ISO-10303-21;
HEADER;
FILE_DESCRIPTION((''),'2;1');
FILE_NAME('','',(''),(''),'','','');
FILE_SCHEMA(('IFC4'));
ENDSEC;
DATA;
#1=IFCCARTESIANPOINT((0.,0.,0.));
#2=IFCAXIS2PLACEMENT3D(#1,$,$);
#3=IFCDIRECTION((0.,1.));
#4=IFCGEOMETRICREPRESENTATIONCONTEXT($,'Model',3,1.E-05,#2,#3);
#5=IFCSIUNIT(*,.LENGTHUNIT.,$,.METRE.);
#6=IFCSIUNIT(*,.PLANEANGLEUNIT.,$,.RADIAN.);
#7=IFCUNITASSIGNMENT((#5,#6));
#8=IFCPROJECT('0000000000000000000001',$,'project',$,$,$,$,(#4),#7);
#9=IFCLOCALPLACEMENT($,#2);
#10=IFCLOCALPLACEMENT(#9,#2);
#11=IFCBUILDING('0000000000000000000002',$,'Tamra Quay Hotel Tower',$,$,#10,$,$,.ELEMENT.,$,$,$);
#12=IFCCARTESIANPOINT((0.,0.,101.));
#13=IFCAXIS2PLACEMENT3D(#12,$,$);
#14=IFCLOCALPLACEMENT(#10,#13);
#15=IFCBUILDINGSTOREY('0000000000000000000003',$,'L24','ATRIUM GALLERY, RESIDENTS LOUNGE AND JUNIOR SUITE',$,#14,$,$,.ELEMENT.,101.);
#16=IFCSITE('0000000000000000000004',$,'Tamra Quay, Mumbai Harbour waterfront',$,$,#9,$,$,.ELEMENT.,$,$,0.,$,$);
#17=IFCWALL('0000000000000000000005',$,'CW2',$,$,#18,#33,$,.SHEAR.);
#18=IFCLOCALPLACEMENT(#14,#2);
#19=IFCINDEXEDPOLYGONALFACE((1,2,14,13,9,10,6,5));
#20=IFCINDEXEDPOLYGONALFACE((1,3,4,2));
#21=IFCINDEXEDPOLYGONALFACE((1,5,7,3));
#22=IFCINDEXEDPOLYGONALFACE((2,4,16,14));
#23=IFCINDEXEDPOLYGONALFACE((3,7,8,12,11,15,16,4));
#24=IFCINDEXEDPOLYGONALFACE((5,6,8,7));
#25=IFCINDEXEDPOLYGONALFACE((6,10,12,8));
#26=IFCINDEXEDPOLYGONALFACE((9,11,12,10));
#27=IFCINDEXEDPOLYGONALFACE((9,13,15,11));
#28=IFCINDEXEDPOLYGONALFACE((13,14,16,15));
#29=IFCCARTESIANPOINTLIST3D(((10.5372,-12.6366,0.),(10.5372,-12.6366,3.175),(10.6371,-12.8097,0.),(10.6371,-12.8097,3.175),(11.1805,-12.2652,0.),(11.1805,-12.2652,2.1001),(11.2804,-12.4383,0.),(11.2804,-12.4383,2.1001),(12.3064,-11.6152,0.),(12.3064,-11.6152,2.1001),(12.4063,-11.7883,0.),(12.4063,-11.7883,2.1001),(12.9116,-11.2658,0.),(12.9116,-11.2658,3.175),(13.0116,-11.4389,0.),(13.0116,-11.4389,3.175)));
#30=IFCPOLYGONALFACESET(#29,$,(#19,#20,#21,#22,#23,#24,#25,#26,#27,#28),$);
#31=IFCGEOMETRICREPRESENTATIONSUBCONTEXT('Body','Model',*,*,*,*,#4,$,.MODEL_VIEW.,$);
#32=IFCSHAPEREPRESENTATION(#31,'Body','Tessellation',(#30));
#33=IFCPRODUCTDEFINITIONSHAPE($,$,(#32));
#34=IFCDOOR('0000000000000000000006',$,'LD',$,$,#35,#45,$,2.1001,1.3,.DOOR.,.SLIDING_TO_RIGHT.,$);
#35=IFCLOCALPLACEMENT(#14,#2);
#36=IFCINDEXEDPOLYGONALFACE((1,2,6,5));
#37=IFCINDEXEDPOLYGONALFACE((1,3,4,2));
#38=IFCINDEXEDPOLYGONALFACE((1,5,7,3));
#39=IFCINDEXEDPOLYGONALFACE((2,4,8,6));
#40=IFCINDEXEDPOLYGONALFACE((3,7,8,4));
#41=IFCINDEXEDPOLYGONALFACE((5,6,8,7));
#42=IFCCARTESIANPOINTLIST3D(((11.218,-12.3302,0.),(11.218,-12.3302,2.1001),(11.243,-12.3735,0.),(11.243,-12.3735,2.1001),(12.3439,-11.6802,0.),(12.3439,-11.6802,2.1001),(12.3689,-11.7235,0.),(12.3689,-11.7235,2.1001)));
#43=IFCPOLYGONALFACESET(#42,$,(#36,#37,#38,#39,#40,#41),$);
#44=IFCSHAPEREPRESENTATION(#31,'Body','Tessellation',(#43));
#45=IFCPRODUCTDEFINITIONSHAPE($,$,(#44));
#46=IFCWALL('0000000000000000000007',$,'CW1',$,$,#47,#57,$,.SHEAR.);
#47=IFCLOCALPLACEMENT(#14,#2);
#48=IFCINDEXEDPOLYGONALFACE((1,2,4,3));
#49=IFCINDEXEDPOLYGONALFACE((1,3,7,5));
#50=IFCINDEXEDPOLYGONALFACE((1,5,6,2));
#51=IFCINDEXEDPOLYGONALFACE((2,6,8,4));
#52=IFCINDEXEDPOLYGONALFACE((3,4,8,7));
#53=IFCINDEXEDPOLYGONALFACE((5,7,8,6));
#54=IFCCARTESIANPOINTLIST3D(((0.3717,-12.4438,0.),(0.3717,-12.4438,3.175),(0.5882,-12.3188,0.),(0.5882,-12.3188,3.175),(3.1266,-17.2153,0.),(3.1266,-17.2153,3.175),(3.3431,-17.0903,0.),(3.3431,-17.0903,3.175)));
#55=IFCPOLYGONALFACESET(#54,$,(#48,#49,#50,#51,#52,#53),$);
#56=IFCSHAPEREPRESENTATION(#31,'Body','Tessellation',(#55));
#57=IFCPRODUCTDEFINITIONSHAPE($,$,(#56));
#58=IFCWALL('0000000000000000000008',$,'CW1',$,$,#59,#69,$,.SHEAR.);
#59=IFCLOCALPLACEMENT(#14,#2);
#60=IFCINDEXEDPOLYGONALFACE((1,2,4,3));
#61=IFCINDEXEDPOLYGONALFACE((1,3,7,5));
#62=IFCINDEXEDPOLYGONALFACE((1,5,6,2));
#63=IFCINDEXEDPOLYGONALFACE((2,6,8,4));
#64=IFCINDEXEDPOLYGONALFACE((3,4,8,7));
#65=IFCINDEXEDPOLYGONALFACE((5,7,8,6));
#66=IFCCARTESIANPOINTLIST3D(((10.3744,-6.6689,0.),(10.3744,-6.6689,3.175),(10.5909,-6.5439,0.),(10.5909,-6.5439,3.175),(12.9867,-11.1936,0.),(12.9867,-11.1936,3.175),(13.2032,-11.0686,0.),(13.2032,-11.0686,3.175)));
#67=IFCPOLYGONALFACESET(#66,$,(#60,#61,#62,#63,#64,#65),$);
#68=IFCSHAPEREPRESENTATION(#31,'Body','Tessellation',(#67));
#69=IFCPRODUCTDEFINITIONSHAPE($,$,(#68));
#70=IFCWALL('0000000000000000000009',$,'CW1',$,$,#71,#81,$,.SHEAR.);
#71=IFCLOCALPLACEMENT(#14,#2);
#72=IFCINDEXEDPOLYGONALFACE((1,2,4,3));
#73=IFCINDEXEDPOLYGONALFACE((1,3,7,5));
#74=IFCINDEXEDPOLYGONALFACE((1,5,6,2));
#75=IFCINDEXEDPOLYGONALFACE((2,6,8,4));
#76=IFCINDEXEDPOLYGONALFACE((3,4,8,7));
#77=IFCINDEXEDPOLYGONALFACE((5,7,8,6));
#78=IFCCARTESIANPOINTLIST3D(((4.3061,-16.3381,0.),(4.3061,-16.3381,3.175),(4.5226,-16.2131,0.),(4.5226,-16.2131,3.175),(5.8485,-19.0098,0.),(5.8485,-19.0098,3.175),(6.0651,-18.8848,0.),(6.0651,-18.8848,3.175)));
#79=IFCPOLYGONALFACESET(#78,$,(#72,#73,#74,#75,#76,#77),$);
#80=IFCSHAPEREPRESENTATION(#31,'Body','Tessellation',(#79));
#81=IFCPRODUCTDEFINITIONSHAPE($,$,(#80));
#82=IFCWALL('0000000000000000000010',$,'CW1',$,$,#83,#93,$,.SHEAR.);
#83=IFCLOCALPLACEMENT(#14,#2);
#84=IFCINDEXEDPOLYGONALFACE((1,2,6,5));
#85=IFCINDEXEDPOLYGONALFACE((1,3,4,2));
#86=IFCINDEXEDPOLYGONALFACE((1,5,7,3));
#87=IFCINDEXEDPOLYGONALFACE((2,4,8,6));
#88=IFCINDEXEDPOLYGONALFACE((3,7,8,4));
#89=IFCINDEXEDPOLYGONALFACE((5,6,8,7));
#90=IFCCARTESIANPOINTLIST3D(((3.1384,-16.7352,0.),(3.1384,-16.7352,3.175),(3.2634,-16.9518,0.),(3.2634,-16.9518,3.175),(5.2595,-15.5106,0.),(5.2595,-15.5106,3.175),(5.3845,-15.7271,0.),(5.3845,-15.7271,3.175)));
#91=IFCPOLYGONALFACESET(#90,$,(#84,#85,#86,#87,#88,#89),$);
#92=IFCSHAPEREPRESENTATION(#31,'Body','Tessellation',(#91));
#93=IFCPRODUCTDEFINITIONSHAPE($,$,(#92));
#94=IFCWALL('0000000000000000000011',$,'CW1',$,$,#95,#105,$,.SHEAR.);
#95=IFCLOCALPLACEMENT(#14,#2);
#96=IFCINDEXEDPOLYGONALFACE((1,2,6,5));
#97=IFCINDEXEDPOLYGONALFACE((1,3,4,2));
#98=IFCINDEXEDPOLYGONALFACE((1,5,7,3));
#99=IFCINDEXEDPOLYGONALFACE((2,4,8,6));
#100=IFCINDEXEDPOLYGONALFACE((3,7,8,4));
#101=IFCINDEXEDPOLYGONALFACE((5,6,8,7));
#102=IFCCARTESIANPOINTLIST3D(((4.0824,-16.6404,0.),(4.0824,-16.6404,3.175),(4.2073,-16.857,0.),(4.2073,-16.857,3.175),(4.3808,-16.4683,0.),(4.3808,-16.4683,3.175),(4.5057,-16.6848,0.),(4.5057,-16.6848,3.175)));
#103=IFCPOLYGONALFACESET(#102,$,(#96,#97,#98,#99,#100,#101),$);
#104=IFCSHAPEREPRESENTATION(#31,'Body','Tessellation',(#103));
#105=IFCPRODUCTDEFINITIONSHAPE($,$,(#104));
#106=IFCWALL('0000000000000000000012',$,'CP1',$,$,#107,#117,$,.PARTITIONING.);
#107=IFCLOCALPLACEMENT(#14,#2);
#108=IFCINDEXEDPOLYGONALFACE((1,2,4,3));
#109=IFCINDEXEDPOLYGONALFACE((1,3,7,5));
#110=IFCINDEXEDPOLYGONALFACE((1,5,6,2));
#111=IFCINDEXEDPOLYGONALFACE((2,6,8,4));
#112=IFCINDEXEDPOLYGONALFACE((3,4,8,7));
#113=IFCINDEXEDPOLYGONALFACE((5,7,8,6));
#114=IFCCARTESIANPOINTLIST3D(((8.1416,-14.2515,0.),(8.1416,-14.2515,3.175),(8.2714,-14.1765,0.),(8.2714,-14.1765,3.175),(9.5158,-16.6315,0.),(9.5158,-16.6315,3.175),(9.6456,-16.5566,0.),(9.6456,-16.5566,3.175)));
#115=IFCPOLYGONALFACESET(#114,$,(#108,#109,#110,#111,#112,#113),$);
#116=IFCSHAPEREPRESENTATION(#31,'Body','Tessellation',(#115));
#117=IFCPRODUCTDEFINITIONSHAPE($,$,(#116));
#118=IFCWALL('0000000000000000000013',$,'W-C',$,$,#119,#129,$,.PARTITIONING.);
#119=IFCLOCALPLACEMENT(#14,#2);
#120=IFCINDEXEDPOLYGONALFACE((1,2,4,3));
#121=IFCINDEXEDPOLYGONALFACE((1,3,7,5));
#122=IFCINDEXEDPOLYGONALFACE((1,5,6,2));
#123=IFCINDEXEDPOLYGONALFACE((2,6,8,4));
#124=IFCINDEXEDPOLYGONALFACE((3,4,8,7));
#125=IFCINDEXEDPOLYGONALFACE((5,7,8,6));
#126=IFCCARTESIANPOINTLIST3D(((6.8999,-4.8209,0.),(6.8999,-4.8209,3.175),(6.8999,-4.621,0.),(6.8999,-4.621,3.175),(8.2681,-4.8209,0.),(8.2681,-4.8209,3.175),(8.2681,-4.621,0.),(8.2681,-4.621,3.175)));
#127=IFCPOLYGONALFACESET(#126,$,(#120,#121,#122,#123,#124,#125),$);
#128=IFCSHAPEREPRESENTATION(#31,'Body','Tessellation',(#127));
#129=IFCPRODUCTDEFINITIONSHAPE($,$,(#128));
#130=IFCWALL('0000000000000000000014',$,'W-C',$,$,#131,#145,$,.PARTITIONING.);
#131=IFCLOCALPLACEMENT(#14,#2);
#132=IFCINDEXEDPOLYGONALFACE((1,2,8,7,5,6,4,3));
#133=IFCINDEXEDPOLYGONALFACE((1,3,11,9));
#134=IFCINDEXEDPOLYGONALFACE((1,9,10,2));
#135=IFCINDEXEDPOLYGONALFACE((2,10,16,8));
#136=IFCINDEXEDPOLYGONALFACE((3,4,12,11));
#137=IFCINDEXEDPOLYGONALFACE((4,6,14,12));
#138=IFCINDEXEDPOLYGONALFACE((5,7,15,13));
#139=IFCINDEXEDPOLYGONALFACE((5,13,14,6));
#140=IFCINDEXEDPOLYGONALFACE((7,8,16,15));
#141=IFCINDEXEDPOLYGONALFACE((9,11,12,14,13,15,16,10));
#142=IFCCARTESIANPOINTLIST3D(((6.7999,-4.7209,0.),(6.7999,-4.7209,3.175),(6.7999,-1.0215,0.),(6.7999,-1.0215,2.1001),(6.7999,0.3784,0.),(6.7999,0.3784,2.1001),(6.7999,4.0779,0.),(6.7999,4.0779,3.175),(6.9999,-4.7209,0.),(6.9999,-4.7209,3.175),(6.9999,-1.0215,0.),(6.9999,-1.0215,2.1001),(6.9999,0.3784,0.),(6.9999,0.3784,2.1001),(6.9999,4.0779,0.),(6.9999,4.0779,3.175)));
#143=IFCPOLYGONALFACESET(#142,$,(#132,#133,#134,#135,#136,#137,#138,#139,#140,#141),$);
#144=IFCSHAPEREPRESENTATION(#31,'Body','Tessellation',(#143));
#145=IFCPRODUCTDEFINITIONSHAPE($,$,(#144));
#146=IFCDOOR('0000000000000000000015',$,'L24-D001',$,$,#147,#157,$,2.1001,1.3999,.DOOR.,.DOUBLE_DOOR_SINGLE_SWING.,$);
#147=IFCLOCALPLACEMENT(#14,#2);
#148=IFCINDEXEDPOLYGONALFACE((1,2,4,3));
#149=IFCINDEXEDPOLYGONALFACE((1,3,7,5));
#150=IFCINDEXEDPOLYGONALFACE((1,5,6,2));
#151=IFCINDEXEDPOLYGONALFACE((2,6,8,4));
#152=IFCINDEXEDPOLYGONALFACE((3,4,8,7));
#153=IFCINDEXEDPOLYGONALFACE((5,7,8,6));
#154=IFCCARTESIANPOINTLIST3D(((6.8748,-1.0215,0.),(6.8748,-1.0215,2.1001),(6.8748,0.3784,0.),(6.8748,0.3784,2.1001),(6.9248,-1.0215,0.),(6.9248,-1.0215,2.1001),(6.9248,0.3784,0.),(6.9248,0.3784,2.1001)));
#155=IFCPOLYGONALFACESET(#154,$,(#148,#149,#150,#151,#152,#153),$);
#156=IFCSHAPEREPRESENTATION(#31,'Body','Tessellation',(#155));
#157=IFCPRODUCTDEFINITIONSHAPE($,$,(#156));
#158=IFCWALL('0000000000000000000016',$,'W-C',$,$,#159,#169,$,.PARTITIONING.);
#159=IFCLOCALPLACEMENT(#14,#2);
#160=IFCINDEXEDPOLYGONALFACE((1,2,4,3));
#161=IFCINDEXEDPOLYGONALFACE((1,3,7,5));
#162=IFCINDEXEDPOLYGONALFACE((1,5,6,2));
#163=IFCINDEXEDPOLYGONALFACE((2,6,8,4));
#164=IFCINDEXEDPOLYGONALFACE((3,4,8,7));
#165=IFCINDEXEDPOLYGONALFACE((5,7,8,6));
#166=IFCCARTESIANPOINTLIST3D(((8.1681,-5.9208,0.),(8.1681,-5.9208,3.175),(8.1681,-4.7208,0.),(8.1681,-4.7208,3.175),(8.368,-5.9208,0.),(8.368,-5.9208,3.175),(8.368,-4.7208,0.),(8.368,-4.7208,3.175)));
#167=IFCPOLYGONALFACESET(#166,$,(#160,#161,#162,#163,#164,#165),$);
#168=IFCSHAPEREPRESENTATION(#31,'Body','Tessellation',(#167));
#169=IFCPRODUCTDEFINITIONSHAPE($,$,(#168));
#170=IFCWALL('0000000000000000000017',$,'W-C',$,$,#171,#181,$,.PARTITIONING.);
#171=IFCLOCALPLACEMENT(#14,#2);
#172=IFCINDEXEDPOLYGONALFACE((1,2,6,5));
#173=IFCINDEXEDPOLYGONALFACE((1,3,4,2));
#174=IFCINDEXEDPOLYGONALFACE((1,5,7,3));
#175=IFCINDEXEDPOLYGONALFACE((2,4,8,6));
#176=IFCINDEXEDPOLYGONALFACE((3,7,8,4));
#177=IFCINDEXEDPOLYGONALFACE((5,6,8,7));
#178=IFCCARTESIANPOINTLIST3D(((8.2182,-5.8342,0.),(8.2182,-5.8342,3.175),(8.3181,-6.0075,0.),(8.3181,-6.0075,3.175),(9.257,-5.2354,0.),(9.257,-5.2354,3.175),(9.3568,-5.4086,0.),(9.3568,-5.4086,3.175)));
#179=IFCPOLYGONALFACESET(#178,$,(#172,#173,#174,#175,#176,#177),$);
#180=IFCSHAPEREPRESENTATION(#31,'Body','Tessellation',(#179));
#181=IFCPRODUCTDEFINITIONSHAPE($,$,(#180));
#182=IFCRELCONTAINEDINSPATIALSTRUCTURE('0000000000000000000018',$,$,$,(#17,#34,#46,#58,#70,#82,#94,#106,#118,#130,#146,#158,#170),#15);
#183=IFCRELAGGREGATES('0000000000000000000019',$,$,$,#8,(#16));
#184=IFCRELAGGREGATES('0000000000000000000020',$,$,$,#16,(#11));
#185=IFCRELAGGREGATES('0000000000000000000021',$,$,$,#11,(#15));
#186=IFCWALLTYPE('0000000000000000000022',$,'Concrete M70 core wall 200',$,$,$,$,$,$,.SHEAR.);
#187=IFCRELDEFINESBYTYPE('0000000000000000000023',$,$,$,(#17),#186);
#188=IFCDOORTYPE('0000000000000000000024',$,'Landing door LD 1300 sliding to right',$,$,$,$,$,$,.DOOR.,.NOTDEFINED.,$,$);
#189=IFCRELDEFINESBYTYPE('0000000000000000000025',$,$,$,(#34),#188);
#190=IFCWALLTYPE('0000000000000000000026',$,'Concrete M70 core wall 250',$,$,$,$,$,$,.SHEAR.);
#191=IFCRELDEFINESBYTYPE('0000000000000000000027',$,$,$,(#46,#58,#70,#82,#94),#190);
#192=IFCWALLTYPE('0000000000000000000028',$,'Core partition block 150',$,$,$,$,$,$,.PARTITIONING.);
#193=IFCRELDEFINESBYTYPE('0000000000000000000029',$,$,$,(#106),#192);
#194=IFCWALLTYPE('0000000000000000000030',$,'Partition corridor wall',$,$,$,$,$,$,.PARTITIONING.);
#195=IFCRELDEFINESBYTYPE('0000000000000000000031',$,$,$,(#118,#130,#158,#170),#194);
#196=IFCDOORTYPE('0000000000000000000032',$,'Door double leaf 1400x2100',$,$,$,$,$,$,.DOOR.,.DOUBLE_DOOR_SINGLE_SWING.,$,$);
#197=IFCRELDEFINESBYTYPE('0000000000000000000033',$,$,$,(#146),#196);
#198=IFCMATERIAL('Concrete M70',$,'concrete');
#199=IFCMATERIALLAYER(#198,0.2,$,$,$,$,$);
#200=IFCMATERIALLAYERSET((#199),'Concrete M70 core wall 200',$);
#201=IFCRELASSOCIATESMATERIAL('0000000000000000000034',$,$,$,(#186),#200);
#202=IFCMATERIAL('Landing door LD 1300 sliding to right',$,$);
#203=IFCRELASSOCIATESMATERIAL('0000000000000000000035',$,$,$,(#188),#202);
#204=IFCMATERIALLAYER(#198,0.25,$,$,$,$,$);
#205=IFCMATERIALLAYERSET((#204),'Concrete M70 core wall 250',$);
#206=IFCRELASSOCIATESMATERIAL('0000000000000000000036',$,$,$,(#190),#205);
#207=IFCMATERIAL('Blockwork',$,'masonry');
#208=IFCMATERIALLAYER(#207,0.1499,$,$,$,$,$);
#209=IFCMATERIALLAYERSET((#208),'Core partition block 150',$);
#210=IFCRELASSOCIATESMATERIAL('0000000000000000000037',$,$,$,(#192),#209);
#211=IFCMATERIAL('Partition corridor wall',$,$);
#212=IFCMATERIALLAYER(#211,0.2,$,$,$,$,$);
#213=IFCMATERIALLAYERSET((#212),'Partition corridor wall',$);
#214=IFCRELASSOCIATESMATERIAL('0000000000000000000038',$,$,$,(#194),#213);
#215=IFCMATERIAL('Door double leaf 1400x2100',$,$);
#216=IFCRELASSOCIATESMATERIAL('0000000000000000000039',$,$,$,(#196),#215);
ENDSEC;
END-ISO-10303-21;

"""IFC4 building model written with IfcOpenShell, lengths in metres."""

from ifc_helpers import new_model, si_unit, direction, frame, frame_2d, origin, place, context, subcontext, project, spatial, rectangle, extrude, material, layer, layer_set, type_object, element, fill, save


model = new_model("IFC4")

# Units and contexts
model_context = context("Model", 3, precision=1e-05, world=origin(), true_north=direction((0.0, 1.0)))
body_context = subcontext(model_context, "Body", "Model", "MODEL_VIEW")
ifc_project = project(units=[si_unit("LENGTHUNIT", "METRE"), si_unit("PLANEANGLEUNIT", "RADIAN")], contexts=[model_context])

# Site, building, storey
site_placement = place(None, origin())
site = spatial("IfcSite", under=ifc_project, at=site_placement, Name="Tamra Quay, Mumbai Harbour waterfront", CompositionType="ELEMENT", RefElevation=0.0)
building_placement = place(site_placement, origin())
building = spatial("IfcBuilding", under=site, at=building_placement, Name="Tamra Quay Hotel Tower", CompositionType="ELEMENT")
storey_placement = place(building_placement, frame((0.0, 0.0, 101.0)))
storey = spatial("IfcBuildingStorey", under=building, at=storey_placement, Name="L24", Description="ATRIUM GALLERY, RESIDENTS LOUNGE AND JUNIOR SUITE", CompositionType="ELEMENT", Elevation=101.0)

# Shared definitions
ifc_material_1 = material(Name="Concrete M70", Category="concrete")
ifc_layer_1 = layer(ifc_material_1, 0.2)
ifc_layer_set_1 = layer_set([ifc_layer_1], Name="Concrete M70 core wall 200")
wall_type_1 = type_object("IfcWallType", Name="Concrete M70 core wall 200", PredefinedType="SHEAR", material=ifc_layer_set_1)

# Wall, opening, door
wall_1_placement = place(storey_placement, frame((10.5872, -12.7231, 0.0), z_axis=(0.0, 0.0, 1.0), x_axis=(0.866037, 0.499979, 0.0)))
wall_1 = element("IfcWall", 1, at=wall_1_placement, inside=storey, type_object=wall_type_1, Name="CW2", PredefinedType="SHEAR", context=body_context, shape_type="SweptSolid", body=[
    extrude(rectangle(XDim=2.7417, YDim=0.2, at=frame_2d((1.3708, 0.0))), origin(), (0.0, 0.0, 1.0), 3.175),
])
opening_1_placement = place(wall_1_placement, frame((0.7429, 0.0, 0.0)))
opening_1 = element("IfcOpeningElement", 2, at=opening_1_placement, cuts=wall_1, PredefinedType="OPENING", context=body_context, shape_type="SweptSolid", body=[
    extrude(rectangle(XDim=1.3, YDim=2.1001, at=frame_2d((0.6499, 1.05))), frame((0.0, 0.1099, 0.0), z_axis=(0.0, -1.0, 0.0), x_axis=(1.0, 0.0, 0.0)), (0.0, 0.0, 1.0), 0.22),
])
ifc_material_2 = material(Name="Landing door LD 1300 sliding to right")
door_type_1 = type_object("IfcDoorType", Name="Landing door LD 1300 sliding to right", OperationType="NOTDEFINED", PredefinedType="DOOR", material=ifc_material_2)
door_1_placement = place(opening_1_placement, origin())
door_1 = element("IfcDoor", 3, at=door_1_placement, inside=storey, type_object=door_type_1, Name="LD", OperationType="SLIDING_TO_RIGHT", OverallHeight=2.1001, OverallWidth=1.3, PredefinedType="DOOR", context=body_context, shape_type="SweptSolid", body=[
    extrude(rectangle(XDim=1.3, YDim=2.1001, at=frame_2d((0.6499, 1.05))), frame((0.0, 0.0249, 0.0), z_axis=(0.0, -1.0, 0.0), x_axis=(1.0, 0.0, 0.0)), (0.0, 0.0, 1.0), 0.05),
])
fill(opening_1, door_1)

# Walls
ifc_layer_2 = layer(ifc_material_1, 0.25)
ifc_layer_set_2 = layer_set([ifc_layer_2], Name="Concrete M70 core wall 250")
wall_type_2 = type_object("IfcWallType", Name="Concrete M70 core wall 250", PredefinedType="SHEAR", material=ifc_layer_set_2)
wall_2_placement = place(storey_placement, frame((3.2349, -17.1528, 0.0), z_axis=(0.0, 0.0, 1.0), x_axis=(-0.500009, 0.86602, 0.0)))
element("IfcWall", 4, at=wall_2_placement, inside=storey, type_object=wall_type_2, Name="CW1", PredefinedType="SHEAR", context=body_context, shape_type="SweptSolid", body=[
    extrude(rectangle(XDim=5.5098, YDim=0.25, at=frame_2d((2.7549, 0.0))), origin(), (0.0, 0.0, 1.0), 3.175),
])
wall_3_placement = place(storey_placement, frame((10.4827, -6.6064, 0.0), z_axis=(0.0, 0.0, 1.0), x_axis=(0.499999, -0.866026, 0.0)))
element("IfcWall", 5, at=wall_3_placement, inside=storey, type_object=wall_type_2, Name="CW1", PredefinedType="SHEAR", context=body_context, shape_type="SweptSolid", body=[
    extrude(rectangle(XDim=5.2246, YDim=0.25, at=frame_2d((2.6123, 0.0))), origin(), (0.0, 0.0, 1.0), 3.175),
])
wall_4_placement = place(storey_placement, frame((4.4143, -16.2756, 0.0), z_axis=(0.0, 0.0, 1.0), x_axis=(0.500003, -0.866023, 0.0)))
element("IfcWall", 6, at=wall_4_placement, inside=storey, type_object=wall_type_2, Name="CW1", PredefinedType="SHEAR", context=body_context, shape_type="SweptSolid", body=[
    extrude(rectangle(XDim=3.085, YDim=0.25, at=frame_2d((1.5425, 0.0))), origin(), (0.0, 0.0, 1.0), 3.175),
])
wall_5_placement = place(storey_placement, frame((5.322, -15.6189, 0.0), z_axis=(0.0, 0.0, 1.0), x_axis=(-0.866026, -0.499999, 0.0)))
element("IfcWall", 7, at=wall_5_placement, inside=storey, type_object=wall_type_2, Name="CW1", PredefinedType="SHEAR", context=body_context, shape_type="SweptSolid", body=[
    extrude(rectangle(XDim=2.4492, YDim=0.25, at=frame_2d((1.2246, 0.0))), origin(), (0.0, 0.0, 1.0), 3.175),
])
wall_6_placement = place(storey_placement, frame((4.1448, -16.7488, 0.0), z_axis=(0.0, 0.0, 1.0), x_axis=(0.866186, 0.499722, 0.0)))
element("IfcWall", 8, at=wall_6_placement, inside=storey, type_object=wall_type_2, Name="CW1", PredefinedType="SHEAR", context=body_context, shape_type="SweptSolid", body=[
    extrude(rectangle(XDim=0.3445, YDim=0.25, at=frame_2d((0.1724, 0.0))), origin(), (0.0, 0.0, 1.0), 3.175),
])
ifc_material_3 = material(Name="Blockwork", Category="masonry")
ifc_layer_3 = layer(ifc_material_3, 0.1499)
ifc_layer_set_3 = layer_set([ifc_layer_3], Name="Core partition block 150")
wall_type_3 = type_object("IfcWallType", Name="Core partition block 150", PredefinedType="PARTITIONING", material=ifc_layer_set_3)
wall_7_placement = place(storey_placement, frame((8.2065, -14.2141, 0.0), z_axis=(0.0, 0.0, 1.0), x_axis=(0.500027, -0.86601, 0.0)))
element("IfcWall", 9, at=wall_7_placement, inside=storey, type_object=wall_type_3, Name="CP1", PredefinedType="PARTITIONING", context=body_context, shape_type="SweptSolid", body=[
    extrude(rectangle(XDim=2.7483, YDim=0.1499, at=frame_2d((1.374, 0.0))), origin(), (0.0, 0.0, 1.0), 3.175),
])
ifc_material_4 = material(Name="Partition corridor wall")
ifc_layer_4 = layer(ifc_material_4, 0.2)
ifc_layer_set_4 = layer_set([ifc_layer_4], Name="Partition corridor wall")
wall_type_4 = type_object("IfcWallType", Name="Partition corridor wall", PredefinedType="PARTITIONING", material=ifc_layer_set_4)
wall_8_placement = place(storey_placement, frame((6.8999, -4.7209, 0.0), z_axis=(0.0, 0.0, 1.0), x_axis=(1.0, 0.0, 0.0)))
element("IfcWall", 10, at=wall_8_placement, inside=storey, type_object=wall_type_4, Name="W-C", PredefinedType="PARTITIONING", context=body_context, shape_type="SweptSolid", body=[
    extrude(rectangle(XDim=1.3682, YDim=0.2, at=frame_2d((0.6841, 0.0))), origin(), (0.0, 0.0, 1.0), 3.175),
])

# Wall, opening, door
wall_9_placement = place(storey_placement, frame((6.8999, -4.7209, 0.0), z_axis=(0.0, 0.0, 1.0), x_axis=(0.0, 1.0, 0.0)))
wall_9 = element("IfcWall", 11, at=wall_9_placement, inside=storey, type_object=wall_type_4, Name="W-C", PredefinedType="PARTITIONING", context=body_context, shape_type="SweptSolid", body=[
    extrude(rectangle(XDim=8.7988, YDim=0.2, at=frame_2d((4.3994, 0.0))), origin(), (0.0, 0.0, 1.0), 3.175),
])
opening_2_placement = place(wall_9_placement, frame((3.6995, 0.0, 0.0)))
opening_2 = element("IfcOpeningElement", 12, at=opening_2_placement, cuts=wall_9, PredefinedType="OPENING", context=body_context, shape_type="SweptSolid", body=[
    extrude(rectangle(XDim=1.3999, YDim=2.1001, at=frame_2d((0.7, 1.05))), frame((0.0, 0.1099, 0.0), z_axis=(0.0, -1.0, 0.0), x_axis=(1.0, 0.0, 0.0)), (0.0, 0.0, 1.0), 0.22),
])
ifc_material_5 = material(Name="Door double leaf 1400x2100")
door_type_2 = type_object("IfcDoorType", Name="Door double leaf 1400x2100", OperationType="DOUBLE_DOOR_SINGLE_SWING", PredefinedType="DOOR", material=ifc_material_5)
door_2_placement = place(opening_2_placement, frame((1.3999, 0.0, 0.0), z_axis=(0.0, 0.0, 1.0), x_axis=(-1.0, 0.0, 0.0)))
door_2 = element("IfcDoor", 13, at=door_2_placement, inside=storey, type_object=door_type_2, Name="L24-D001", OperationType="DOUBLE_DOOR_SINGLE_SWING", OverallHeight=2.1001, OverallWidth=1.3999, PredefinedType="DOOR", context=body_context, shape_type="SweptSolid", body=[
    extrude(rectangle(XDim=1.3999, YDim=2.1001, at=frame_2d((0.7, 1.05))), frame((0.0, 0.0249, 0.0), z_axis=(0.0, -1.0, 0.0), x_axis=(1.0, 0.0, 0.0)), (0.0, 0.0, 1.0), 0.05),
])
fill(opening_2, door_2)

# Walls
wall_10_placement = place(storey_placement, frame((8.2681, -5.9209, 0.0), z_axis=(0.0, 0.0, 1.0), x_axis=(0.0, 1.0, 0.0)))
element("IfcWall", 14, at=wall_10_placement, inside=storey, type_object=wall_type_4, Name="W-C", PredefinedType="PARTITIONING", context=body_context, shape_type="SweptSolid", body=[
    extrude(rectangle(XDim=1.2, YDim=0.2, at=frame_2d((0.6001, 0.0))), origin(), (0.0, 0.0, 1.0), 3.175),
])
wall_11_placement = place(storey_placement, frame((8.2681, -5.9209, 0.0), z_axis=(0.0, 0.0, 1.0), x_axis=(0.866345, 0.499446, 0.0)))
element("IfcWall", 15, at=wall_11_placement, inside=storey, type_object=wall_type_4, Name="W-C", PredefinedType="PARTITIONING", context=body_context, shape_type="SweptSolid", body=[
    extrude(rectangle(XDim=1.199, YDim=0.2, at=frame_2d((0.5996, 0.0))), origin(), (0.0, 0.0, 1.0), 3.175),
])

save(model, "model.ifc")
